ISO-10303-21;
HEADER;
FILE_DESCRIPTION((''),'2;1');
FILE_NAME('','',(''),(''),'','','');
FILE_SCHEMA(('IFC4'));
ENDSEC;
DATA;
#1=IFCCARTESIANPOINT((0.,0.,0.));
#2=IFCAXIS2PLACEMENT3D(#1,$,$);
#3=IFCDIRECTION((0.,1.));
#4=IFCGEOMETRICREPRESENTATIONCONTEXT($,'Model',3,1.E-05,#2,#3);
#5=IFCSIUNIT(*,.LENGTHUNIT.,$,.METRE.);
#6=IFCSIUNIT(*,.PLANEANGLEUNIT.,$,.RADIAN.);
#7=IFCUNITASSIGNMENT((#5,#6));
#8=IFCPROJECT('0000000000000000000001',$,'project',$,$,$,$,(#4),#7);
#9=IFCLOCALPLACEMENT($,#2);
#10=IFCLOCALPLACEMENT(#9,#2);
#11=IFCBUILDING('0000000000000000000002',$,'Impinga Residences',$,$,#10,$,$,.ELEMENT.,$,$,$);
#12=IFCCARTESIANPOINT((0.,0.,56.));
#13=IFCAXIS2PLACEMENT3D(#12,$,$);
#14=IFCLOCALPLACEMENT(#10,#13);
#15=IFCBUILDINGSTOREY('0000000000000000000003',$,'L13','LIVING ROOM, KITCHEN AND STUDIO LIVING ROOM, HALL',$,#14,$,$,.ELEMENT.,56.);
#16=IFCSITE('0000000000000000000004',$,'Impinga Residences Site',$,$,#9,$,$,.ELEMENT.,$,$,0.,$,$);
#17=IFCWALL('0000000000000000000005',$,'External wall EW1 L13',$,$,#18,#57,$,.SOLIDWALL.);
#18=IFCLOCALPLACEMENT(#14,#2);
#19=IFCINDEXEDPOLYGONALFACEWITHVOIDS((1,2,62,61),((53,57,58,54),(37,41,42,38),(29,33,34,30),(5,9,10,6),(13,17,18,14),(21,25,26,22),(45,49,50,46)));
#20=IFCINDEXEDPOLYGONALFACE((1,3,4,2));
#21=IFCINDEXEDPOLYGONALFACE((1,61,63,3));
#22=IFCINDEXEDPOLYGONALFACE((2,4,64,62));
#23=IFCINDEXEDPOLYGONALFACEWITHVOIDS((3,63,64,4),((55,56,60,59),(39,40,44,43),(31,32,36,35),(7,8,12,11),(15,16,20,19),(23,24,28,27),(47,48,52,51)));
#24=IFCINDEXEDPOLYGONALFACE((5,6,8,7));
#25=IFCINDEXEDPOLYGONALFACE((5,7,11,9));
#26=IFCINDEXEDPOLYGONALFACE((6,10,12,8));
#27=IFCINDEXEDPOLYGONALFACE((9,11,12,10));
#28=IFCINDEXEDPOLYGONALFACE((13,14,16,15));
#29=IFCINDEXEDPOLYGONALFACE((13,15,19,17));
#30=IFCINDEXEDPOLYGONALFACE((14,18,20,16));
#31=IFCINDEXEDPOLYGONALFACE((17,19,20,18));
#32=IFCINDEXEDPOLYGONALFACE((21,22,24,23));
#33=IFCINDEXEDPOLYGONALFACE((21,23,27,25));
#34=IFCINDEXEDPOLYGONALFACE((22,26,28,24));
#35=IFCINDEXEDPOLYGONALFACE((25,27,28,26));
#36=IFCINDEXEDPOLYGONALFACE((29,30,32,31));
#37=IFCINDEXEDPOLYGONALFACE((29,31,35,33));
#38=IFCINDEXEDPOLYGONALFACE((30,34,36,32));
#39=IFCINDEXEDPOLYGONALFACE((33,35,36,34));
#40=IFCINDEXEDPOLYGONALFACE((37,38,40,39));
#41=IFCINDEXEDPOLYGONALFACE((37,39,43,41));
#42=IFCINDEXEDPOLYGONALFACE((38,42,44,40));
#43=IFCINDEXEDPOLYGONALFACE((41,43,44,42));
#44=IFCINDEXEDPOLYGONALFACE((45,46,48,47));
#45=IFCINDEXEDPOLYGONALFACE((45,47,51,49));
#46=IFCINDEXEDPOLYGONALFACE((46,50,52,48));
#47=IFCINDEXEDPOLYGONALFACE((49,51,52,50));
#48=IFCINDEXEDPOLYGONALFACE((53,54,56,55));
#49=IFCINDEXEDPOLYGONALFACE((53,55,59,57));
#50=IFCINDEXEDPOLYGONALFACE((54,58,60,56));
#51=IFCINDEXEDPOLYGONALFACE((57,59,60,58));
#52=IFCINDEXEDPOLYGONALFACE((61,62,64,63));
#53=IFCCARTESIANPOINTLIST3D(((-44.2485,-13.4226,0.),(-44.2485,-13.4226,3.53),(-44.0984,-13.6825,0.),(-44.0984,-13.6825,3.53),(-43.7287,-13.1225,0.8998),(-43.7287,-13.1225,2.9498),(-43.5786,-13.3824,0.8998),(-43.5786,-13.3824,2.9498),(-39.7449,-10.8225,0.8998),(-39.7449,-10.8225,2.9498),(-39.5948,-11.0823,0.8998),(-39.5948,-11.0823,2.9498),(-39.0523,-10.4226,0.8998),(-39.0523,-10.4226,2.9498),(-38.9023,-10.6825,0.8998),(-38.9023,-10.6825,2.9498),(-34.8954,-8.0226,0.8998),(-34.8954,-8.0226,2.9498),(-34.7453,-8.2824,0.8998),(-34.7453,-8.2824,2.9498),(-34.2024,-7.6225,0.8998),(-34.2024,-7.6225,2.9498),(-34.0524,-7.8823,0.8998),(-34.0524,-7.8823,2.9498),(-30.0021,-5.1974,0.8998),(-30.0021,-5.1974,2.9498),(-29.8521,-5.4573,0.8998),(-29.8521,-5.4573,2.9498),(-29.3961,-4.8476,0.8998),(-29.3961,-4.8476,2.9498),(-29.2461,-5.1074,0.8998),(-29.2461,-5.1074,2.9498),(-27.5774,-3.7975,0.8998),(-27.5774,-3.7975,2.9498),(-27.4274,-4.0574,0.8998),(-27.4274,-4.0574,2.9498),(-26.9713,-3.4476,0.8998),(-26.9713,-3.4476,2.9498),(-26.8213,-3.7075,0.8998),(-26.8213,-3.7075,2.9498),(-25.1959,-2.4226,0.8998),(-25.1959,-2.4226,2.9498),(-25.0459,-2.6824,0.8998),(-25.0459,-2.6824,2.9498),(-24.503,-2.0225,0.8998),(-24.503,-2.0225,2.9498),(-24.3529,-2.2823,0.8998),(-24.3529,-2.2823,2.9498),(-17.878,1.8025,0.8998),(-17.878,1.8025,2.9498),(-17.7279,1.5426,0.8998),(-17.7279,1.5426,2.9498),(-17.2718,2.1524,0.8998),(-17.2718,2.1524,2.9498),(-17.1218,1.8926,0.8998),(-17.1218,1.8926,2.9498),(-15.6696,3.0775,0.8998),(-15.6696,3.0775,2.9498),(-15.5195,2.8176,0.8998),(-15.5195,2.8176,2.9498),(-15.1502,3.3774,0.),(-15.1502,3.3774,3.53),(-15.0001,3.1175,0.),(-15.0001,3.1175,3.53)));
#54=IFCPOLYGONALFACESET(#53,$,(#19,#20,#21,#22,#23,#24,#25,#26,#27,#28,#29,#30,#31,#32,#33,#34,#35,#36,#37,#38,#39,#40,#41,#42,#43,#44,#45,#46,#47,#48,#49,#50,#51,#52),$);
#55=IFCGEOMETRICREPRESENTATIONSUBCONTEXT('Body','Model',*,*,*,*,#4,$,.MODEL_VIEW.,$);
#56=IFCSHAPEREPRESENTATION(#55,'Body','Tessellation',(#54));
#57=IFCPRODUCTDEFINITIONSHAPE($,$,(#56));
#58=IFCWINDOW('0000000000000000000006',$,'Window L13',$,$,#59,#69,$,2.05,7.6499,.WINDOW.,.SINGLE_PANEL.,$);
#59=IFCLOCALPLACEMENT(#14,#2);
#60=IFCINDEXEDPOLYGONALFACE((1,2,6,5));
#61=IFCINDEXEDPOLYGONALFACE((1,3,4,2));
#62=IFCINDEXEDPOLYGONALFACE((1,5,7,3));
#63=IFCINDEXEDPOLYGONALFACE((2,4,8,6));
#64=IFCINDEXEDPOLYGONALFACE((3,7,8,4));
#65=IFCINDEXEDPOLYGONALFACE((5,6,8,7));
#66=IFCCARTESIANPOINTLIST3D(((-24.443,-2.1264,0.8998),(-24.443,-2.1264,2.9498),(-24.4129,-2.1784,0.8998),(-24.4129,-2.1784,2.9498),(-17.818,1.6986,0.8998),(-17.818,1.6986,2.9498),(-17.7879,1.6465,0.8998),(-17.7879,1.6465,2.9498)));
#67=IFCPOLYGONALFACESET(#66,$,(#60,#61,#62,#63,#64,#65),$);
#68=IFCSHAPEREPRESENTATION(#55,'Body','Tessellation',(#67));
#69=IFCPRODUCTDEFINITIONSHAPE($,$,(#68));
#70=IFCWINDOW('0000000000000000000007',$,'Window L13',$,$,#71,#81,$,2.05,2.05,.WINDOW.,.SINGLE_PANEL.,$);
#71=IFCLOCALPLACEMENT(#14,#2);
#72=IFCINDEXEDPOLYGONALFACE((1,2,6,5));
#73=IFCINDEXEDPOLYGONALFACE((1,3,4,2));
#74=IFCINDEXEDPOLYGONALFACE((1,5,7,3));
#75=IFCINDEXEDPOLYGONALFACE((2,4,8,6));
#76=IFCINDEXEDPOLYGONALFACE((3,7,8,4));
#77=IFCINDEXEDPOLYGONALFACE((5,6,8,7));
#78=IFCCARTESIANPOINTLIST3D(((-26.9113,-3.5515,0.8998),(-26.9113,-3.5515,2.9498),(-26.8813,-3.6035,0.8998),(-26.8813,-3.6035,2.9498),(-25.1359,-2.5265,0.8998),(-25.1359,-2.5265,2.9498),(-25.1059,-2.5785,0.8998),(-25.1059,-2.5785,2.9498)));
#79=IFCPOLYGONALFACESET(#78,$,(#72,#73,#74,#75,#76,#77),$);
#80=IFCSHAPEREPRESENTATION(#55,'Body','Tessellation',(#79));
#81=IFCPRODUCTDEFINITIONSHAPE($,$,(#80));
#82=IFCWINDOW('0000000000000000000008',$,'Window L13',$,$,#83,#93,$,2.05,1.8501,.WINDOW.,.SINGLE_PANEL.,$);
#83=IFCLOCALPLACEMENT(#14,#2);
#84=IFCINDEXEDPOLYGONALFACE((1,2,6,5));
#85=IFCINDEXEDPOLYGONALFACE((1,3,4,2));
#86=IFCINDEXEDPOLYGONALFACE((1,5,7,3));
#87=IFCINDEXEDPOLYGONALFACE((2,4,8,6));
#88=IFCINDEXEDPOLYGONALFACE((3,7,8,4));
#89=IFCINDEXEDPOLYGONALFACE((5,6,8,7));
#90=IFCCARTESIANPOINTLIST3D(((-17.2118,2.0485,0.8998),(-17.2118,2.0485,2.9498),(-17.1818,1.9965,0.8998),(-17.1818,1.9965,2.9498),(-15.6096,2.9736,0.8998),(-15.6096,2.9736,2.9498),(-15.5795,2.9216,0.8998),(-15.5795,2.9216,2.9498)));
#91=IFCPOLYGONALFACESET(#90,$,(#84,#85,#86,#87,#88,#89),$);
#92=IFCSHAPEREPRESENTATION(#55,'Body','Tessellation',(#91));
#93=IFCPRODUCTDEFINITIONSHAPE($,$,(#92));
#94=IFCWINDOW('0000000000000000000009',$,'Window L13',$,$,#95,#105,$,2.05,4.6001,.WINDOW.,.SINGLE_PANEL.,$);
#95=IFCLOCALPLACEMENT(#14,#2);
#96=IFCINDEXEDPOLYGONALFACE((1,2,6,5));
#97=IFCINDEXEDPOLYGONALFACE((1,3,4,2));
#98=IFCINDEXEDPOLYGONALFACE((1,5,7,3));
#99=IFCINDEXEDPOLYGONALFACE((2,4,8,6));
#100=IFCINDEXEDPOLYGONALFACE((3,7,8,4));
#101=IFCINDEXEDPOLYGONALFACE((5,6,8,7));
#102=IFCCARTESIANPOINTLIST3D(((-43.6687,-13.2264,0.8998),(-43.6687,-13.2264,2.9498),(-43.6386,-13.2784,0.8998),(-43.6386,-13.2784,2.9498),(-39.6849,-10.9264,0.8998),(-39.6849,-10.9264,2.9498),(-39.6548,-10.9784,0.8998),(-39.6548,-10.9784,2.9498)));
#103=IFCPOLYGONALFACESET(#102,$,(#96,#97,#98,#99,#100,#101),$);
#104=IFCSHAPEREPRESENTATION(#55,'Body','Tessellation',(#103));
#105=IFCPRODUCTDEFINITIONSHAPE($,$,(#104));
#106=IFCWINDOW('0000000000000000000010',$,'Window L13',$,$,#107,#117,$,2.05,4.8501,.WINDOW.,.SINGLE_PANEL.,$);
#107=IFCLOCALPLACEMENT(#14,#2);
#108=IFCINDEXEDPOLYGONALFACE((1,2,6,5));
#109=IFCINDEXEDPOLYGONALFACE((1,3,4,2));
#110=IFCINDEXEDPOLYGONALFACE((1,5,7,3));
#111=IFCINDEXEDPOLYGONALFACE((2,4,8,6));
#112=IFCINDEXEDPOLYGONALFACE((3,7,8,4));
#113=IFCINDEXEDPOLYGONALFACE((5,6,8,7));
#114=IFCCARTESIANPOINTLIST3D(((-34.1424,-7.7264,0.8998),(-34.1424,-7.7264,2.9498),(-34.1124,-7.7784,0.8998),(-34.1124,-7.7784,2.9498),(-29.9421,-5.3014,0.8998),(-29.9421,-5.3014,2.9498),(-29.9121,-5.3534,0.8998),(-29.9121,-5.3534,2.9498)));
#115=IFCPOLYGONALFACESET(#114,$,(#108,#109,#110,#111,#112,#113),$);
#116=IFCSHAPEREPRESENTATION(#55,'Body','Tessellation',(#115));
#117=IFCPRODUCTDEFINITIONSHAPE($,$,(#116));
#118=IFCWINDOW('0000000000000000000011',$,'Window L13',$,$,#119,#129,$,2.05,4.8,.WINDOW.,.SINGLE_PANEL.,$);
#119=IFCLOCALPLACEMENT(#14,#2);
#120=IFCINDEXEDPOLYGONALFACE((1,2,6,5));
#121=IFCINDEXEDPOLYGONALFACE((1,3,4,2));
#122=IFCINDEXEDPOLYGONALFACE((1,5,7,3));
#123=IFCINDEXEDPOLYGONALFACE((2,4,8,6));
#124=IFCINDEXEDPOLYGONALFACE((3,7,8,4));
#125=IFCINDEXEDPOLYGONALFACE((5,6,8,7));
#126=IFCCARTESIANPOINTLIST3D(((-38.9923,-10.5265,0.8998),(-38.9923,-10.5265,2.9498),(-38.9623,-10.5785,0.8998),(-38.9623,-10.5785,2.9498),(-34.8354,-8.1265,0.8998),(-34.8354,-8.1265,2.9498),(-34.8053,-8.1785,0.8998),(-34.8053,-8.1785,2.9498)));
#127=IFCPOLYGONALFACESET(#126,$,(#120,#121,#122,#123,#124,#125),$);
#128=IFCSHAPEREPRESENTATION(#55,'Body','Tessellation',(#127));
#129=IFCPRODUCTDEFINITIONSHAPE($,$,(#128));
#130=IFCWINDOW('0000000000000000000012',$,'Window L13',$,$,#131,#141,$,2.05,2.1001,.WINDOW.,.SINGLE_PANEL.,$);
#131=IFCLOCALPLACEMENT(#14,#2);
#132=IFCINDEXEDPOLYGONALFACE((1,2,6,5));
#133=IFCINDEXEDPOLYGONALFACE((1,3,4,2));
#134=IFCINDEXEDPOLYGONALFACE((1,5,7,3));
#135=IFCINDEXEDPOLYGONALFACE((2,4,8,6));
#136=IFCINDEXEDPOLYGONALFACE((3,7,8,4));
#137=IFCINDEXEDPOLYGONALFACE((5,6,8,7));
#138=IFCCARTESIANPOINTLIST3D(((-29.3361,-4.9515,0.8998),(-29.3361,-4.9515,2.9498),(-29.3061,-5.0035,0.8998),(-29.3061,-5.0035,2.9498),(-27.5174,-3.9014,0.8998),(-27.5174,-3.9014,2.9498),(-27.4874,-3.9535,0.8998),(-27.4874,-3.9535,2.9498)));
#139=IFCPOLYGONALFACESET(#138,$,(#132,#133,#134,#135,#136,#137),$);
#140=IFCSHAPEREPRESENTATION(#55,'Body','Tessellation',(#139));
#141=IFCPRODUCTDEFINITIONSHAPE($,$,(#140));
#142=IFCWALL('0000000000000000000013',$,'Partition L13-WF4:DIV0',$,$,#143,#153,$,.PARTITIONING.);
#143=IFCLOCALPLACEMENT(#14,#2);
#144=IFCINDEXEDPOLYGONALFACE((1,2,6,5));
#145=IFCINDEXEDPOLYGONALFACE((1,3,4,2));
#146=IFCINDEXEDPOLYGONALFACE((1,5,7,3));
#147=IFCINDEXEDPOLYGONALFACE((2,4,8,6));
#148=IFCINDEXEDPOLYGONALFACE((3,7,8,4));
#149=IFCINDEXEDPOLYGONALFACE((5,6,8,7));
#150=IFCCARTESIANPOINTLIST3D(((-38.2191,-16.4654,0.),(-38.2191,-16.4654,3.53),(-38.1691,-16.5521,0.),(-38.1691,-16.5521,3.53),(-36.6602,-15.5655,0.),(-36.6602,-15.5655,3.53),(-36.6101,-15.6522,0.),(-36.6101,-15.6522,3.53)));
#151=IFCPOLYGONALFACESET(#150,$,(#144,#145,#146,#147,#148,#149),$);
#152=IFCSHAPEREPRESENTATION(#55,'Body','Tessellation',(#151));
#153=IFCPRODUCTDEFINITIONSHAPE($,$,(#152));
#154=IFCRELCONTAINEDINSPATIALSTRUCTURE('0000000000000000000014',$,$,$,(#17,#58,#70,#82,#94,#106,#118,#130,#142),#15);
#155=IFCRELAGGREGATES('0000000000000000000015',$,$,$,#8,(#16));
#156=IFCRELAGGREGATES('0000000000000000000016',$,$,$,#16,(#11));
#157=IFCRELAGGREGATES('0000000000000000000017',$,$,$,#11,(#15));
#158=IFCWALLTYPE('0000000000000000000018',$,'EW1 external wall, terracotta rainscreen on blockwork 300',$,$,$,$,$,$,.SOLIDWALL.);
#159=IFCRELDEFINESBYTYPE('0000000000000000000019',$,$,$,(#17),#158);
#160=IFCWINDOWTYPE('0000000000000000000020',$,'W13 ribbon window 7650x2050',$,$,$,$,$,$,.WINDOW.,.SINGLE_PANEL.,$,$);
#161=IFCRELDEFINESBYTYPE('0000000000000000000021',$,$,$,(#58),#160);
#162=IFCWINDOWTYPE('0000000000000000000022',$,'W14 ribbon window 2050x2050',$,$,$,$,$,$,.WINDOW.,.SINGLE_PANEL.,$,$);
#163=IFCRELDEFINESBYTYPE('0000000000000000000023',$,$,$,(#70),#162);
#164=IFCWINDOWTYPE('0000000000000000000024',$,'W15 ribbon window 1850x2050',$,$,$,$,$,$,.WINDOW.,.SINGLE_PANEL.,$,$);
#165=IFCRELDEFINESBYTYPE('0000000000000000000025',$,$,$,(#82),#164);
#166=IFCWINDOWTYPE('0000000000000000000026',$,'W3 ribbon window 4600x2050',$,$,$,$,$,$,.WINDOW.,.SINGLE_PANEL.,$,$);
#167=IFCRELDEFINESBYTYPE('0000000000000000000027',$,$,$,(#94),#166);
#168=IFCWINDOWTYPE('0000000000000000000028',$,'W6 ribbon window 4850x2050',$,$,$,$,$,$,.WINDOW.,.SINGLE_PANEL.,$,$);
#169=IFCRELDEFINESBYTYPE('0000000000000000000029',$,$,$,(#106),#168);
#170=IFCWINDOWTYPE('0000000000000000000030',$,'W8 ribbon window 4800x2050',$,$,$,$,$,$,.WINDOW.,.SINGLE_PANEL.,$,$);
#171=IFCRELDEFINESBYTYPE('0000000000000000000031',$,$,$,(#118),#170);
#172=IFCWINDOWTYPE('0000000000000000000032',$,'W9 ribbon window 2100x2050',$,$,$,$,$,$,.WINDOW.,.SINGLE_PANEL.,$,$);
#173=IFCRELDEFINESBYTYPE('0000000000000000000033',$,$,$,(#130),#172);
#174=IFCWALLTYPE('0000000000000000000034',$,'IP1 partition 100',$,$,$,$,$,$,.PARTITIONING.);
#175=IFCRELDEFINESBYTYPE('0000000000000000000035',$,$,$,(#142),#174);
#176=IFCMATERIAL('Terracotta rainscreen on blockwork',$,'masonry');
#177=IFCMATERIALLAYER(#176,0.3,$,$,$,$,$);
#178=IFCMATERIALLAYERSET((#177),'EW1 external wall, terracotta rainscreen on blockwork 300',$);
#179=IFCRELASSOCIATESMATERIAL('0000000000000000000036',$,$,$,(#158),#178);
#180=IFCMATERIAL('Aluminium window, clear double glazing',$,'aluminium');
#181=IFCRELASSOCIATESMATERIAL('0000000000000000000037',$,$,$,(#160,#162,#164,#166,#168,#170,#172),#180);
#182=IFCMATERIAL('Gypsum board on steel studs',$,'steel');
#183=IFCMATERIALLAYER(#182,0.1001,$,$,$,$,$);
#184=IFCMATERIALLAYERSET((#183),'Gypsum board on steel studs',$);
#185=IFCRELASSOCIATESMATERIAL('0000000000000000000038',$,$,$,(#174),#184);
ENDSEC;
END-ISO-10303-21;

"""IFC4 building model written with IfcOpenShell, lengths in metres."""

from ifc_helpers import new_model, si_unit, direction, frame, frame_2d, origin, place, context, subcontext, project, spatial, rectangle, extrude, material, layer, layer_set, type_object, element, fill, save


model = new_model("IFC4")

# Units and contexts
model_context = context("Model", 3, precision=1e-05, world=origin(), true_north=direction((0.0, 1.0)))
body_context = subcontext(model_context, "Body", "Model", "MODEL_VIEW")
ifc_project = project(units=[si_unit("LENGTHUNIT", "METRE"), si_unit("PLANEANGLEUNIT", "RADIAN")], contexts=[model_context])

# Site, building, storey
site_placement = place(None, origin())
site = spatial("IfcSite", under=ifc_project, at=site_placement, Name="Impinga Residences Site", CompositionType="ELEMENT", RefElevation=0.0)
building_placement = place(site_placement, origin())
building = spatial("IfcBuilding", under=site, at=building_placement, Name="Impinga Residences", CompositionType="ELEMENT")
storey_placement = place(building_placement, frame((0.0, 0.0, 56.0)))
storey = spatial("IfcBuildingStorey", under=building, at=storey_placement, Name="L13", Description="LIVING ROOM, KITCHEN AND STUDIO LIVING ROOM, HALL", CompositionType="ELEMENT", Elevation=56.0)

# Shared definitions
ifc_material_1 = material(Name="Terracotta rainscreen on blockwork", Category="masonry")
ifc_layer_1 = layer(ifc_material_1, 0.3)
ifc_layer_set_1 = layer_set([ifc_layer_1], Name="EW1 external wall, terracotta rainscreen on blockwork 300")
wall_type_1 = type_object("IfcWallType", Name="EW1 external wall, terracotta rainscreen on blockwork 300", PredefinedType="SOLIDWALL", material=ifc_layer_set_1)

# Wall, openings, windows
wall_1_placement = place(storey_placement, frame((-44.1733, -13.5525, 0.0), z_axis=(0.0, 0.0, 1.0), x_axis=(0.866024, 0.500002, 0.0)))
wall_1 = element("IfcWall", 1, at=wall_1_placement, inside=storey, type_object=wall_type_1, Name="External wall EW1 L13", PredefinedType="SOLIDWALL", context=body_context, shape_type="SweptSolid", body=[
    extrude(rectangle(XDim=33.5999, YDim=0.3, at=frame_2d((16.7998, 0.0))), origin(), (0.0, 0.0, 1.0), 3.53),
])
opening_1_placement = place(wall_1_placement, frame((0.6001, 0.0, 0.8999)))
opening_1 = element("IfcOpeningElement", 2, at=opening_1_placement, cuts=wall_1, PredefinedType="OPENING", context=body_context, shape_type="SweptSolid", body=[
    extrude(rectangle(XDim=4.6001, YDim=2.05, at=frame_2d((2.3, 1.0249))), frame((0.0, 0.1599, 0.0), z_axis=(0.0, -1.0, 0.0), x_axis=(1.0, 0.0, 0.0)), (0.0, 0.0, 1.0), 0.3201),
])
opening_2_placement = place(wall_1_placement, frame((6.0, 0.0, 0.8999)))
opening_2 = element("IfcOpeningElement", 3, at=opening_2_placement, cuts=wall_1, PredefinedType="OPENING", context=body_context, shape_type="SweptSolid", body=[
    extrude(rectangle(XDim=4.8, YDim=2.05, at=frame_2d((2.3999, 1.0249))), frame((0.0, 0.1599, 0.0), z_axis=(0.0, -1.0, 0.0), x_axis=(1.0, 0.0, 0.0)), (0.0, 0.0, 1.0), 0.3201),
])
opening_3_placement = place(wall_1_placement, frame((11.6001, 0.0, 0.8999)))
opening_3 = element("IfcOpeningElement", 4, at=opening_3_placement, cuts=wall_1, PredefinedType="OPENING", context=body_context, shape_type="SweptSolid", body=[
    extrude(rectangle(XDim=4.8501, YDim=2.05, at=frame_2d((2.425, 1.0249))), frame((0.0, 0.1599, 0.0), z_axis=(0.0, -1.0, 0.0), x_axis=(1.0, 0.0, 0.0)), (0.0, 0.0, 1.0), 0.3201),
])
opening_4_placement = place(wall_1_placement, frame((17.1499, 0.0, 0.8999)))
opening_4 = element("IfcOpeningElement", 5, at=opening_4_placement, cuts=wall_1, PredefinedType="OPENING", context=body_context, shape_type="SweptSolid", body=[
    extrude(rectangle(XDim=2.1001, YDim=2.05, at=frame_2d((1.05, 1.0249))), frame((0.0, 0.1599, 0.0), z_axis=(0.0, -1.0, 0.0), x_axis=(1.0, 0.0, 0.0)), (0.0, 0.0, 1.0), 0.3201),
])
opening_5_placement = place(wall_1_placement, frame((19.95, 0.0, 0.8999)))
opening_5 = element("IfcOpeningElement", 6, at=opening_5_placement, cuts=wall_1, PredefinedType="OPENING", context=body_context, shape_type="SweptSolid", body=[
    extrude(rectangle(XDim=2.05, YDim=2.05, at=frame_2d((1.0249, 1.0249))), frame((0.0, 0.1599, 0.0), z_axis=(0.0, -1.0, 0.0), x_axis=(1.0, 0.0, 0.0)), (0.0, 0.0, 1.0), 0.3201),
])
opening_6_placement = place(wall_1_placement, frame((22.8, 0.0, 0.8999)))
opening_6 = element("IfcOpeningElement", 7, at=opening_6_placement, cuts=wall_1, PredefinedType="OPENING", context=body_context, shape_type="SweptSolid", body=[
    extrude(rectangle(XDim=7.6499, YDim=2.05, at=frame_2d((3.825, 1.0249))), frame((0.0, 0.1599, 0.0), z_axis=(0.0, -1.0, 0.0), x_axis=(1.0, 0.0, 0.0)), (0.0, 0.0, 1.0), 0.3201),
])
opening_7_placement = place(wall_1_placement, frame((31.1499, 0.0, 0.8999)))
opening_7 = element("IfcOpeningElement", 8, at=opening_7_placement, cuts=wall_1, PredefinedType="OPENING", context=body_context, shape_type="SweptSolid", body=[
    extrude(rectangle(XDim=1.8501, YDim=2.05, at=frame_2d((0.925, 1.0249))), frame((0.0, 0.1599, 0.0), z_axis=(0.0, -1.0, 0.0), x_axis=(1.0, 0.0, 0.0)), (0.0, 0.0, 1.0), 0.3201),
])
ifc_material_2 = material(Name="Aluminium window, clear double glazing", Category="aluminium")
window_type_1 = type_object("IfcWindowType", Name="W13 ribbon window 7650x2050", PartitioningType="SINGLE_PANEL", PredefinedType="WINDOW", material=ifc_material_2)
window_1_placement = place(opening_6_placement, origin())
window_1 = element("IfcWindow", 9, at=window_1_placement, inside=storey, type_object=window_type_1, Name="Window L13", OverallHeight=2.05, OverallWidth=7.6499, PartitioningType="SINGLE_PANEL", PredefinedType="WINDOW", context=body_context, shape_type="SweptSolid", body=[
    extrude(rectangle(XDim=7.6499, YDim=2.05, at=frame_2d((3.825, 1.0249))), frame((0.0, 0.03, 0.0), z_axis=(0.0, -1.0, 0.0), x_axis=(1.0, 0.0, 0.0)), (0.0, 0.0, 1.0), 0.0601),
])
fill(opening_6, window_1)
window_type_2 = type_object("IfcWindowType", Name="W14 ribbon window 2050x2050", PartitioningType="SINGLE_PANEL", PredefinedType="WINDOW", material=ifc_material_2)
window_2_placement = place(opening_5_placement, origin())
window_2 = element("IfcWindow", 10, at=window_2_placement, inside=storey, type_object=window_type_2, Name="Window L13", OverallHeight=2.05, OverallWidth=2.05, PartitioningType="SINGLE_PANEL", PredefinedType="WINDOW", context=body_context, shape_type="SweptSolid", body=[
    extrude(rectangle(XDim=2.05, YDim=2.05, at=frame_2d((1.0249, 1.0249))), frame((0.0, 0.03, 0.0), z_axis=(0.0, -1.0, 0.0), x_axis=(1.0, 0.0, 0.0)), (0.0, 0.0, 1.0), 0.0601),
])
fill(opening_5, window_2)
window_type_3 = type_object("IfcWindowType", Name="W15 ribbon window 1850x2050", PartitioningType="SINGLE_PANEL", PredefinedType="WINDOW", material=ifc_material_2)
window_3_placement = place(opening_7_placement, origin())
window_3 = element("IfcWindow", 11, at=window_3_placement, inside=storey, type_object=window_type_3, Name="Window L13", OverallHeight=2.05, OverallWidth=1.8501, PartitioningType="SINGLE_PANEL", PredefinedType="WINDOW", context=body_context, shape_type="SweptSolid", body=[
    extrude(rectangle(XDim=1.8501, YDim=2.05, at=frame_2d((0.925, 1.0249))), frame((0.0, 0.03, 0.0), z_axis=(0.0, -1.0, 0.0), x_axis=(1.0, 0.0, 0.0)), (0.0, 0.0, 1.0), 0.0601),
])
fill(opening_7, window_3)
window_type_4 = type_object("IfcWindowType", Name="W3 ribbon window 4600x2050", PartitioningType="SINGLE_PANEL", PredefinedType="WINDOW", material=ifc_material_2)
window_4_placement = place(opening_1_placement, origin())
window_4 = element("IfcWindow", 12, at=window_4_placement, inside=storey, type_object=window_type_4, Name="Window L13", OverallHeight=2.05, OverallWidth=4.6001, PartitioningType="SINGLE_PANEL", PredefinedType="WINDOW", context=body_context, shape_type="SweptSolid", body=[
    extrude(rectangle(XDim=4.6001, YDim=2.05, at=frame_2d((2.3, 1.0249))), frame((0.0, 0.03, 0.0), z_axis=(0.0, -1.0, 0.0), x_axis=(1.0, 0.0, 0.0)), (0.0, 0.0, 1.0), 0.0601),
])
fill(opening_1, window_4)
window_type_5 = type_object("IfcWindowType", Name="W6 ribbon window 4850x2050", PartitioningType="SINGLE_PANEL", PredefinedType="WINDOW", material=ifc_material_2)
window_5_placement = place(opening_3_placement, origin())
window_5 = element("IfcWindow", 13, at=window_5_placement, inside=storey, type_object=window_type_5, Name="Window L13", OverallHeight=2.05, OverallWidth=4.8501, PartitioningType="SINGLE_PANEL", PredefinedType="WINDOW", context=body_context, shape_type="SweptSolid", body=[
    extrude(rectangle(XDim=4.8501, YDim=2.05, at=frame_2d((2.425, 1.0249))), frame((0.0, 0.03, 0.0), z_axis=(0.0, -1.0, 0.0), x_axis=(1.0, 0.0, 0.0)), (0.0, 0.0, 1.0), 0.0601),
])
fill(opening_3, window_5)
window_type_6 = type_object("IfcWindowType", Name="W8 ribbon window 4800x2050", PartitioningType="SINGLE_PANEL", PredefinedType="WINDOW", material=ifc_material_2)
window_6_placement = place(opening_2_placement, origin())
window_6 = element("IfcWindow", 14, at=window_6_placement, inside=storey, type_object=window_type_6, Name="Window L13", OverallHeight=2.05, OverallWidth=4.8, PartitioningType="SINGLE_PANEL", PredefinedType="WINDOW", context=body_context, shape_type="SweptSolid", body=[
    extrude(rectangle(XDim=4.8, YDim=2.05, at=frame_2d((2.3999, 1.0249))), frame((0.0, 0.03, 0.0), z_axis=(0.0, -1.0, 0.0), x_axis=(1.0, 0.0, 0.0)), (0.0, 0.0, 1.0), 0.0601),
])
fill(opening_2, window_6)
window_type_7 = type_object("IfcWindowType", Name="W9 ribbon window 2100x2050", PartitioningType="SINGLE_PANEL", PredefinedType="WINDOW", material=ifc_material_2)
window_7_placement = place(opening_4_placement, origin())
window_7 = element("IfcWindow", 15, at=window_7_placement, inside=storey, type_object=window_type_7, Name="Window L13", OverallHeight=2.05, OverallWidth=2.1001, PartitioningType="SINGLE_PANEL", PredefinedType="WINDOW", context=body_context, shape_type="SweptSolid", body=[
    extrude(rectangle(XDim=2.1001, YDim=2.05, at=frame_2d((1.05, 1.0249))), frame((0.0, 0.03, 0.0), z_axis=(0.0, -1.0, 0.0), x_axis=(1.0, 0.0, 0.0)), (0.0, 0.0, 1.0), 0.0601),
])
fill(opening_4, window_7)

# Wall
ifc_material_3 = material(Name="Gypsum board on steel studs", Category="steel")
ifc_layer_2 = layer(ifc_material_3, 0.1001)
ifc_layer_set_2 = layer_set([ifc_layer_2], Name="Gypsum board on steel studs")
wall_type_2 = type_object("IfcWallType", Name="IP1 partition 100", PredefinedType="PARTITIONING", material=ifc_layer_set_2)
wall_2_placement = place(storey_placement, frame((-36.6353, -15.6089, 0.0), z_axis=(0.0, 0.0, 1.0), x_axis=(-0.866048, -0.499961, 0.0)))
element("IfcWall", 16, at=wall_2_placement, inside=storey, type_object=wall_type_2, Name="Partition L13-WF4:DIV0", PredefinedType="PARTITIONING", context=body_context, shape_type="SweptSolid", body=[
    extrude(rectangle(XDim=1.8, YDim=0.1001, at=frame_2d((0.8999, 0.0))), origin(), (0.0, 0.0, 1.0), 3.53),
])

save(model, "model.ifc")
